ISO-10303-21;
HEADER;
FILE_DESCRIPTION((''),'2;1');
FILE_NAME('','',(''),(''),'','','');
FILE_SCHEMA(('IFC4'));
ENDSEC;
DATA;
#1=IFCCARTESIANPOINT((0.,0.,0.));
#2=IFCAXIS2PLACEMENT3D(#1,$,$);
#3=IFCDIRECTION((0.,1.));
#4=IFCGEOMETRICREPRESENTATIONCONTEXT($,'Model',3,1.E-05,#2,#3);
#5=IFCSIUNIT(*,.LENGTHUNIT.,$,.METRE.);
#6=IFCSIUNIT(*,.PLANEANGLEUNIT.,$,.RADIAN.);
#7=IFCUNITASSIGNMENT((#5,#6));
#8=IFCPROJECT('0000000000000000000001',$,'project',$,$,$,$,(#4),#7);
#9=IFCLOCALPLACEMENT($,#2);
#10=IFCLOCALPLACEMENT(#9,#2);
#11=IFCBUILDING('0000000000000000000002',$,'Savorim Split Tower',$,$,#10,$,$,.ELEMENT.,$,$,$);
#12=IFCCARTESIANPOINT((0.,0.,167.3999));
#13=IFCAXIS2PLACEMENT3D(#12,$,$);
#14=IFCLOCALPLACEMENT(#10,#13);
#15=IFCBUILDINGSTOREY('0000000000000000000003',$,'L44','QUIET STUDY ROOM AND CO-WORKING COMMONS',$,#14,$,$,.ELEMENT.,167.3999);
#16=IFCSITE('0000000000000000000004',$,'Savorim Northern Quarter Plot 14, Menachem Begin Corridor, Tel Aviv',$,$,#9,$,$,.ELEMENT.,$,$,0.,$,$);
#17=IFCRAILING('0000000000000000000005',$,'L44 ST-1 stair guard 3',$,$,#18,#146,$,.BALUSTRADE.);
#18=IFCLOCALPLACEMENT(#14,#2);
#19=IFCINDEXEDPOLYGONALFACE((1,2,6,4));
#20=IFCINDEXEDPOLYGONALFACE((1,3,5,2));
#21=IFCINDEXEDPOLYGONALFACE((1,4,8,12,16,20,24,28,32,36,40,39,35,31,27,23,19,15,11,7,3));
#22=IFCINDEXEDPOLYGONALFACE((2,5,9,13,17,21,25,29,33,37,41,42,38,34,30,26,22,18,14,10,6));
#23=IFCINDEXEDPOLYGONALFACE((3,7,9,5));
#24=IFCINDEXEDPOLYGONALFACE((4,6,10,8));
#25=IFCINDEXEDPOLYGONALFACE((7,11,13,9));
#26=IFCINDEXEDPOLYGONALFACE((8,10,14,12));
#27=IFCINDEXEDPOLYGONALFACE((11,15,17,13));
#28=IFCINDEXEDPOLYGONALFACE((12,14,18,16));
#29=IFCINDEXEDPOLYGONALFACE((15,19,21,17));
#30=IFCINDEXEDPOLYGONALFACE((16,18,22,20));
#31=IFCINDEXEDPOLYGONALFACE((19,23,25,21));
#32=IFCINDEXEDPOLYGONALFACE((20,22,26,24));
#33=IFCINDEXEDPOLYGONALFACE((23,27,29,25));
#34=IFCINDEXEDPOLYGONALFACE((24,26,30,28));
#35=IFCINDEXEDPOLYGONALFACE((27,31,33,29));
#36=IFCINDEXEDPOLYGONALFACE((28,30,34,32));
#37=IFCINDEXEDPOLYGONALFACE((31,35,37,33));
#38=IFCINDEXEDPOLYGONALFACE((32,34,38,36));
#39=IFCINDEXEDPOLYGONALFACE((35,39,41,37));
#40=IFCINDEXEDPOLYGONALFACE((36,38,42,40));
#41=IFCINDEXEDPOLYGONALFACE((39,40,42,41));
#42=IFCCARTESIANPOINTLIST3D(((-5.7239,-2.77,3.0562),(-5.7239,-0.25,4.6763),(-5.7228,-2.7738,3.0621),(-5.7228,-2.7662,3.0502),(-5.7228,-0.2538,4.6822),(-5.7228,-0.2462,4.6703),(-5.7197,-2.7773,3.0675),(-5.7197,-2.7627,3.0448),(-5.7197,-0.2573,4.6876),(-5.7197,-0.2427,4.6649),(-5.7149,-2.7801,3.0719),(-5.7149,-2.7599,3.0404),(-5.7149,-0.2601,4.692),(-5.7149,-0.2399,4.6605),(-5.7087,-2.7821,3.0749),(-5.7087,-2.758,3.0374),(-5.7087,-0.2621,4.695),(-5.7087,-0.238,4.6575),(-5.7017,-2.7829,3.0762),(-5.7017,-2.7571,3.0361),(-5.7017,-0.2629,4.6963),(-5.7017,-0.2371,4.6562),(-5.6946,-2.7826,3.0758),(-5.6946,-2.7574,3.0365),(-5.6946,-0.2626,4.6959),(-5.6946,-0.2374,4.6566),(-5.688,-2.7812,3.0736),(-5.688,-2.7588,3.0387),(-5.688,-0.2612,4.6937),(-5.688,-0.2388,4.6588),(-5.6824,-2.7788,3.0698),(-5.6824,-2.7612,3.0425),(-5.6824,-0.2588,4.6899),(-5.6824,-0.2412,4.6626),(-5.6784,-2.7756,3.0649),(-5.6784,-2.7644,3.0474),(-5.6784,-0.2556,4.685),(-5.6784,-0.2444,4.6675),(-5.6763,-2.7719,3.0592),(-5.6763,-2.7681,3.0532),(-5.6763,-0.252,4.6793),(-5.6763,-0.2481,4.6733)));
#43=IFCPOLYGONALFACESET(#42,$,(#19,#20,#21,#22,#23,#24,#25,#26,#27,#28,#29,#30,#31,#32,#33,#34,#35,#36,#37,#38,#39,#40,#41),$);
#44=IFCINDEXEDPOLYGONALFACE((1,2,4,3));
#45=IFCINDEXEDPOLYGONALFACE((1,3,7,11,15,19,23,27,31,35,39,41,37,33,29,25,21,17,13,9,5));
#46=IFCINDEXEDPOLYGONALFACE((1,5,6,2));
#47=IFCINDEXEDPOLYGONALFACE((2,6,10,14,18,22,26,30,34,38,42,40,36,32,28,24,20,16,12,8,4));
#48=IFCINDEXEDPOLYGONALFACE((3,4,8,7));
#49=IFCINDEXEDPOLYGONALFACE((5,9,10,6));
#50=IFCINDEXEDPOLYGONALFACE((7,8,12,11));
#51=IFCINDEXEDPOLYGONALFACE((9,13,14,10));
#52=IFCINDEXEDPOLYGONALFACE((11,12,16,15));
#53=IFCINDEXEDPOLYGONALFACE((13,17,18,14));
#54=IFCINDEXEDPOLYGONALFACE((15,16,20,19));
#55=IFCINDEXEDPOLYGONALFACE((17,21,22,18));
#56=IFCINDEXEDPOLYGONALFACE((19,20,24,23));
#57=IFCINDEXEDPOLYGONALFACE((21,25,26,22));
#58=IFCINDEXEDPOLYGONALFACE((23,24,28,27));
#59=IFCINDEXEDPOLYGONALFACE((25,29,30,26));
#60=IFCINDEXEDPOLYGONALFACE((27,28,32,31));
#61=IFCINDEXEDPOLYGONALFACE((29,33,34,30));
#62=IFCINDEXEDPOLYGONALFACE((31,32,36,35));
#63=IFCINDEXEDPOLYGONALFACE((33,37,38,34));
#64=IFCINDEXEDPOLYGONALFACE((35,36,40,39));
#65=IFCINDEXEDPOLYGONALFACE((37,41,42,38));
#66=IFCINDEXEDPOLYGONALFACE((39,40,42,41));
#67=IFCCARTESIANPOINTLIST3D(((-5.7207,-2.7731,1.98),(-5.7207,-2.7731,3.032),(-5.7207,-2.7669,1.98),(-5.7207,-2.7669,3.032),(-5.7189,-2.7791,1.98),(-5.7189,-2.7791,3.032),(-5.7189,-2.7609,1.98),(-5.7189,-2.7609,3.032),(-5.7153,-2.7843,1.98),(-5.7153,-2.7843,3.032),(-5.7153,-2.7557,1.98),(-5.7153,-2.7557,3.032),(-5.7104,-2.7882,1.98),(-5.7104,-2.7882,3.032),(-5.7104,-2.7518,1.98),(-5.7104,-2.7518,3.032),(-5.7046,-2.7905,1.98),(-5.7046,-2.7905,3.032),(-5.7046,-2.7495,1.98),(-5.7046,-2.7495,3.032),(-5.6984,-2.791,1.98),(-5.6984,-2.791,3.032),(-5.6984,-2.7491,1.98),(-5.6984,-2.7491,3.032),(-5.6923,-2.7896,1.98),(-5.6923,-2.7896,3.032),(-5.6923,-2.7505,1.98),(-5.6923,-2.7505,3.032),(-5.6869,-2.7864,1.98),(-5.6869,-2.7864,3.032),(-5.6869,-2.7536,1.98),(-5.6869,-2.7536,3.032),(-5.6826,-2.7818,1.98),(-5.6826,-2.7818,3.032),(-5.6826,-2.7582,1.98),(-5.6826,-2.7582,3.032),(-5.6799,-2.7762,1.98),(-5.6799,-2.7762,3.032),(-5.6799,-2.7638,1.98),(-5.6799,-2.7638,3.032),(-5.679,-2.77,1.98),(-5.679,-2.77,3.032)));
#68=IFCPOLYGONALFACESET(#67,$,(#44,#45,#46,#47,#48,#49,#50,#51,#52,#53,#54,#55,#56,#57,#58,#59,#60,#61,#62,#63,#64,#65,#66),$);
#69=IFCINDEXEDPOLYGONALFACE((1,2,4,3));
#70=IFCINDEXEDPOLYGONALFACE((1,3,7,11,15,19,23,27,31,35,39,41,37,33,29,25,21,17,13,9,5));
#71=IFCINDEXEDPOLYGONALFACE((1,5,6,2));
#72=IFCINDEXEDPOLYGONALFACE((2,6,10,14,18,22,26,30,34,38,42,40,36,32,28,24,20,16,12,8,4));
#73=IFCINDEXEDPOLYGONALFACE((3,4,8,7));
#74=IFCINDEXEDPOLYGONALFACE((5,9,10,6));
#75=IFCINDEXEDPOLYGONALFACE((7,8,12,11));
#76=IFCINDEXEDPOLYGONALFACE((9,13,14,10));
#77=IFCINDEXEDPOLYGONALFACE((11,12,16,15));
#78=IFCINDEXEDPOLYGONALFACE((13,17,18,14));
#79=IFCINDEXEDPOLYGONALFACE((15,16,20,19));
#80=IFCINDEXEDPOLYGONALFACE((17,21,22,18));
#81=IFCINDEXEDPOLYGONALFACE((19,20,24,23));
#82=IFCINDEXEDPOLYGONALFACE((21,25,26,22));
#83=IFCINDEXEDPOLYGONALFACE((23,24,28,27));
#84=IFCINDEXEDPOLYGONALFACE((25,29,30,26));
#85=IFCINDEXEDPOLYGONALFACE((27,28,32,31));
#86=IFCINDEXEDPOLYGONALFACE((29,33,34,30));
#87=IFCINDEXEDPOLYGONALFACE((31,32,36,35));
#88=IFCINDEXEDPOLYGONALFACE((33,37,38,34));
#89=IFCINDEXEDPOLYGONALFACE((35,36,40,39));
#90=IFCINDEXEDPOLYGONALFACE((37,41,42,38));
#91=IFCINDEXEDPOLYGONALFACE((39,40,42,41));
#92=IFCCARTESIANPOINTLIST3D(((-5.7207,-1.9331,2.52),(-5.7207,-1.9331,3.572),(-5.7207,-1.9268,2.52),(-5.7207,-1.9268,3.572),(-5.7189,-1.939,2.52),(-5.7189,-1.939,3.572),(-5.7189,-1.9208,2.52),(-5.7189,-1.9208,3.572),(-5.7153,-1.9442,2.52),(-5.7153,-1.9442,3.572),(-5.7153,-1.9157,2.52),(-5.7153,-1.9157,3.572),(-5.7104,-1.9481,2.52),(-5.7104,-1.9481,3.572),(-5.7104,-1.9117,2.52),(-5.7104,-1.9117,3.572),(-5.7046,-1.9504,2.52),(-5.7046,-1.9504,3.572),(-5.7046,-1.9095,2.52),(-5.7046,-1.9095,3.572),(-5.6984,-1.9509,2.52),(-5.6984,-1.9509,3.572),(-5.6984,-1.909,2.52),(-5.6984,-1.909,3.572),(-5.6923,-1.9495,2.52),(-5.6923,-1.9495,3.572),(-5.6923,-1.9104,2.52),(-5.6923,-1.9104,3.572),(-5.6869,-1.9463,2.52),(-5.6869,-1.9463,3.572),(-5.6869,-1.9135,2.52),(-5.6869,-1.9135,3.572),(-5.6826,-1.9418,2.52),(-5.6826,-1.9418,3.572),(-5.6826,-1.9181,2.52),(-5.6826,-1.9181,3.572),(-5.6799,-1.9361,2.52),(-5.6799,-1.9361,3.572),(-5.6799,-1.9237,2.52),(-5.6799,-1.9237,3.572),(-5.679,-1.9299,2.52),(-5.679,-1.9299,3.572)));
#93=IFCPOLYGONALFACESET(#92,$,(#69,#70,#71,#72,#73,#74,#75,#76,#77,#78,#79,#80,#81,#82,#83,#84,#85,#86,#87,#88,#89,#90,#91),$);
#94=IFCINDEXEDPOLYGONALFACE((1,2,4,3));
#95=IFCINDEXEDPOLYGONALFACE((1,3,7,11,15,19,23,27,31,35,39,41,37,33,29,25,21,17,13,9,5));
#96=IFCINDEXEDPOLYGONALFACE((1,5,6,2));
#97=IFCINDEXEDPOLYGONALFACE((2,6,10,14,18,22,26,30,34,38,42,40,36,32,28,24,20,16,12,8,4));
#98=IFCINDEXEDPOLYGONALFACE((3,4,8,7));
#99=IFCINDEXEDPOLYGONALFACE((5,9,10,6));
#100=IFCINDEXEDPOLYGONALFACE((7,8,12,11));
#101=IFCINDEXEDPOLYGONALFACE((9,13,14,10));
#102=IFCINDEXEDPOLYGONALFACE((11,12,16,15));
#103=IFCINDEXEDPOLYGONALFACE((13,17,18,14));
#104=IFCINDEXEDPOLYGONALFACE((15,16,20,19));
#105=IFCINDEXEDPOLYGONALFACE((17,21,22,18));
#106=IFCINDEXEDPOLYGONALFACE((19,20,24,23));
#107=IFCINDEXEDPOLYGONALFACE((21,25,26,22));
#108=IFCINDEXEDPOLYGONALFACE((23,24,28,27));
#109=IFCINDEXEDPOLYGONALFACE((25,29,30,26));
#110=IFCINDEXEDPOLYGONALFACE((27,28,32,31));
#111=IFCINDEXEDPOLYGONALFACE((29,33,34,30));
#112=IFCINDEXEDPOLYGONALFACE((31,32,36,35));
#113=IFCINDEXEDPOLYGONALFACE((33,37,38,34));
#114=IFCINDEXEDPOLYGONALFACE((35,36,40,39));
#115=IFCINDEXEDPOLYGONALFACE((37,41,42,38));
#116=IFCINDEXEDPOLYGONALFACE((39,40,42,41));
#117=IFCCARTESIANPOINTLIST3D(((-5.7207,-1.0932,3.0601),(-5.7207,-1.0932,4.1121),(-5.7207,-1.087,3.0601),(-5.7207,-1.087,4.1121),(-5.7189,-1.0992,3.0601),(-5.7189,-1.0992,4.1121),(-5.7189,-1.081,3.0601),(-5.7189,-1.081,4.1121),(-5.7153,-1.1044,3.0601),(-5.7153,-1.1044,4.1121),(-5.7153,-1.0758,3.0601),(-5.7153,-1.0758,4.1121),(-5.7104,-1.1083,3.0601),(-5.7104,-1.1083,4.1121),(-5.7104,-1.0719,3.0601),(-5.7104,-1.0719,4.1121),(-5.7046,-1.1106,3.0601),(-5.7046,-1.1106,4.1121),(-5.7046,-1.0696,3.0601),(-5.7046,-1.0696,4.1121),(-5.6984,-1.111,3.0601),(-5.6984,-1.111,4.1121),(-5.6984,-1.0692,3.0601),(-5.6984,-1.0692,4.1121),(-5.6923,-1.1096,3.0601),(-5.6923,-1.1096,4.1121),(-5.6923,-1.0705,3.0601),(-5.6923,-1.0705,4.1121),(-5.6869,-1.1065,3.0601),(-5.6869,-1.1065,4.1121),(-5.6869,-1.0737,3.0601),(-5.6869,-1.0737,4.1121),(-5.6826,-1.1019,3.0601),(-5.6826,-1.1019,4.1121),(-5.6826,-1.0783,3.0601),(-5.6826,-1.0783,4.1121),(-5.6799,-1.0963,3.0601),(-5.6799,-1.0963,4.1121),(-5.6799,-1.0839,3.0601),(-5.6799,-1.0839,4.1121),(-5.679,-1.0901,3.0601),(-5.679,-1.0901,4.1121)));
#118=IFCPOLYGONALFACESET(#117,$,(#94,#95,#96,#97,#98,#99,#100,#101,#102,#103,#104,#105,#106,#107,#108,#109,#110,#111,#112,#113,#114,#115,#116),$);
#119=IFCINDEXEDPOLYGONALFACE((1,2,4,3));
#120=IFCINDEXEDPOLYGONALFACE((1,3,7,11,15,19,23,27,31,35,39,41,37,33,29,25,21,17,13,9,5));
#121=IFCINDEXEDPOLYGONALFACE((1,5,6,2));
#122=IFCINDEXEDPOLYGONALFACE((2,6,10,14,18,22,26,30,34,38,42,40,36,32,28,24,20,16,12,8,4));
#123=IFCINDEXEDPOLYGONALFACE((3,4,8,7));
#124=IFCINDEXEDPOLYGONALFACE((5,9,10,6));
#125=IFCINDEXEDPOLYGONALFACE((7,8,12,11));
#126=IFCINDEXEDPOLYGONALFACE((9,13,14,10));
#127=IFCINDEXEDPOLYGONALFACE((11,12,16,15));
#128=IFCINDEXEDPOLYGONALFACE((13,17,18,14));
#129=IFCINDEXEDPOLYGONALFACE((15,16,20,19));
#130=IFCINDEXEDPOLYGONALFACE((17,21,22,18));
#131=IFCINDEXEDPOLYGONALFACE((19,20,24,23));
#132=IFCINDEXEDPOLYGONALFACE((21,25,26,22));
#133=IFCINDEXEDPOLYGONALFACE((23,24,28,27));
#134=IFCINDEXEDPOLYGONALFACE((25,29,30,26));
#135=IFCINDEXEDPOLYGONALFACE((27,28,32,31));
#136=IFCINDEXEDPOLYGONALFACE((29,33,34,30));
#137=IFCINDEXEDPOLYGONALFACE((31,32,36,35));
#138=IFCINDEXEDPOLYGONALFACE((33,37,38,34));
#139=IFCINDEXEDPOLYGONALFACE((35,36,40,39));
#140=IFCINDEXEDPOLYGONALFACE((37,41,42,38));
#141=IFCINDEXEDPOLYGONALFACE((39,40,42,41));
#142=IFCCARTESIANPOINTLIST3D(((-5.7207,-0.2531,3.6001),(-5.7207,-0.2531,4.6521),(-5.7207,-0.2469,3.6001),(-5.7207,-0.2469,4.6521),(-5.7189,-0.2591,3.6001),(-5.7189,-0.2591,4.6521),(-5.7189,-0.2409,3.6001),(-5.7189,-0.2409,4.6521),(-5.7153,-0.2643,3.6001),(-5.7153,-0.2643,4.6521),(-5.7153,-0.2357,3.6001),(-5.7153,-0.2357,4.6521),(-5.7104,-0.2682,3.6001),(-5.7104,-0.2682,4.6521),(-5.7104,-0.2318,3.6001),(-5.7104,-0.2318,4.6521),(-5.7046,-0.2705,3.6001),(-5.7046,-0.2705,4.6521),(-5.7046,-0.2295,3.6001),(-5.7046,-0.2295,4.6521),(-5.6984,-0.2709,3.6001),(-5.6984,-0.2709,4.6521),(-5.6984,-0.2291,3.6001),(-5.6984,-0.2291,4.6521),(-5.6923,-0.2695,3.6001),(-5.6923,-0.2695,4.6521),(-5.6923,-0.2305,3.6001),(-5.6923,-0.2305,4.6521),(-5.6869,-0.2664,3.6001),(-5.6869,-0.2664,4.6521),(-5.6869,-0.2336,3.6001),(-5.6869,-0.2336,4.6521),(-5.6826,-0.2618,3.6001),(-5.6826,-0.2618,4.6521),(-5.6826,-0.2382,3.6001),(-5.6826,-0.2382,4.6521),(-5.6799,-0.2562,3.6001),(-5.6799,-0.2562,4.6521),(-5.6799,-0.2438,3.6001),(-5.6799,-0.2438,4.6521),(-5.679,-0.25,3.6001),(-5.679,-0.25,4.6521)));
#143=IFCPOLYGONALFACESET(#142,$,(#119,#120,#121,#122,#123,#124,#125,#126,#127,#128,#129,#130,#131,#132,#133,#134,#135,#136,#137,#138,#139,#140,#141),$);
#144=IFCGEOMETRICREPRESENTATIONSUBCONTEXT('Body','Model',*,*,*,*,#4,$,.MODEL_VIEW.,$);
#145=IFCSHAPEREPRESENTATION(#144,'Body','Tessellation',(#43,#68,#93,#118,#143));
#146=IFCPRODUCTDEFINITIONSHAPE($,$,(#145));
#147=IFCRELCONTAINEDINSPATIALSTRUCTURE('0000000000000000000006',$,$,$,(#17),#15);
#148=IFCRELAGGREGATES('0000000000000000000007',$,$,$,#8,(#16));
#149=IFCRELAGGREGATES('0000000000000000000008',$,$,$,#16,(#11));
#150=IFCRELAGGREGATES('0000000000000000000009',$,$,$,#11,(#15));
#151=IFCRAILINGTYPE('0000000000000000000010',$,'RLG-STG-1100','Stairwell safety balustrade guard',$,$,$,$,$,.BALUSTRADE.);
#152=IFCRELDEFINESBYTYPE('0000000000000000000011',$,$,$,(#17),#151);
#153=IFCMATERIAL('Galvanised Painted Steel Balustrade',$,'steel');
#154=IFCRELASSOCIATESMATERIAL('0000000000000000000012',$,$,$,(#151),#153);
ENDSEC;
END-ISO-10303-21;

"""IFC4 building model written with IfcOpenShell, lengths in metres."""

from ifc_helpers import new_model, si_unit, direction, frame, origin, origin_2d, place, context, subcontext, project, spatial, circle, extrude, material, type_object, element, save


model = new_model("IFC4")

# Units and contexts
model_context = context("Model", 3, precision=1e-05, world=origin(), true_north=direction((0.0, 1.0)))
body_context = subcontext(model_context, "Body", "Model", "MODEL_VIEW")
ifc_project = project(units=[si_unit("LENGTHUNIT", "METRE"), si_unit("PLANEANGLEUNIT", "RADIAN")], contexts=[model_context])

# Site, building, storey
site_placement = place(None, origin())
site = spatial("IfcSite", under=ifc_project, at=site_placement, Name="Savorim Northern Quarter Plot 14, Menachem Begin Corridor, Tel Aviv", CompositionType="ELEMENT", RefElevation=0.0)
building_placement = place(site_placement, origin())
building = spatial("IfcBuilding", under=site, at=building_placement, Name="Savorim Split Tower", CompositionType="ELEMENT")
storey_placement = place(building_placement, frame((0.0, 0.0, 167.3999)))
storey = spatial("IfcBuildingStorey", under=building, at=storey_placement, Name="L44", Description="QUIET STUDY ROOM AND CO-WORKING COMMONS", CompositionType="ELEMENT", Elevation=167.3999)

# Railing
ifc_material_1 = material(Name="Galvanised Painted Steel Balustrade", Category="steel")
railing_type_1 = type_object("IfcRailingType", Name="RLG-STG-1100", Description="Stairwell safety balustrade guard", PredefinedType="BALUSTRADE", material=ifc_material_1)
railing_1_placement = place(storey_placement, frame((-5.7, -2.77, 1.98)))
element("IfcRailing", 1, at=railing_1_placement, inside=storey, type_object=railing_type_1, Name="L44 ST-1 stair guard 3", PredefinedType="BALUSTRADE", context=body_context, shape_type="SweptSolid", body=[
    extrude(circle(Radius=0.0239, at=origin_2d()), frame((0.0, 0.0, 1.0762), z_axis=(0.0, 0.841163, 0.540782), x_axis=(-1.0, 0.0, 0.0)), (0.0, 0.0, 1.0), 2.9958),
    extrude(circle(Radius=0.021, at=origin_2d()), origin(), (0.0, 0.0, 1.0), 1.052),
    extrude(circle(Radius=0.021, at=origin_2d()), frame((0.0, 0.8401, 0.54)), (0.0, 0.0, 1.0), 1.052),
    extrude(circle(Radius=0.021, at=origin_2d()), frame((0.0, 1.6799, 1.0801)), (0.0, 0.0, 1.0), 1.052),
    extrude(circle(Radius=0.021, at=origin_2d()), frame((0.0, 2.52, 1.6201)), (0.0, 0.0, 1.0), 1.052),
])

save(model, "model.ifc")
